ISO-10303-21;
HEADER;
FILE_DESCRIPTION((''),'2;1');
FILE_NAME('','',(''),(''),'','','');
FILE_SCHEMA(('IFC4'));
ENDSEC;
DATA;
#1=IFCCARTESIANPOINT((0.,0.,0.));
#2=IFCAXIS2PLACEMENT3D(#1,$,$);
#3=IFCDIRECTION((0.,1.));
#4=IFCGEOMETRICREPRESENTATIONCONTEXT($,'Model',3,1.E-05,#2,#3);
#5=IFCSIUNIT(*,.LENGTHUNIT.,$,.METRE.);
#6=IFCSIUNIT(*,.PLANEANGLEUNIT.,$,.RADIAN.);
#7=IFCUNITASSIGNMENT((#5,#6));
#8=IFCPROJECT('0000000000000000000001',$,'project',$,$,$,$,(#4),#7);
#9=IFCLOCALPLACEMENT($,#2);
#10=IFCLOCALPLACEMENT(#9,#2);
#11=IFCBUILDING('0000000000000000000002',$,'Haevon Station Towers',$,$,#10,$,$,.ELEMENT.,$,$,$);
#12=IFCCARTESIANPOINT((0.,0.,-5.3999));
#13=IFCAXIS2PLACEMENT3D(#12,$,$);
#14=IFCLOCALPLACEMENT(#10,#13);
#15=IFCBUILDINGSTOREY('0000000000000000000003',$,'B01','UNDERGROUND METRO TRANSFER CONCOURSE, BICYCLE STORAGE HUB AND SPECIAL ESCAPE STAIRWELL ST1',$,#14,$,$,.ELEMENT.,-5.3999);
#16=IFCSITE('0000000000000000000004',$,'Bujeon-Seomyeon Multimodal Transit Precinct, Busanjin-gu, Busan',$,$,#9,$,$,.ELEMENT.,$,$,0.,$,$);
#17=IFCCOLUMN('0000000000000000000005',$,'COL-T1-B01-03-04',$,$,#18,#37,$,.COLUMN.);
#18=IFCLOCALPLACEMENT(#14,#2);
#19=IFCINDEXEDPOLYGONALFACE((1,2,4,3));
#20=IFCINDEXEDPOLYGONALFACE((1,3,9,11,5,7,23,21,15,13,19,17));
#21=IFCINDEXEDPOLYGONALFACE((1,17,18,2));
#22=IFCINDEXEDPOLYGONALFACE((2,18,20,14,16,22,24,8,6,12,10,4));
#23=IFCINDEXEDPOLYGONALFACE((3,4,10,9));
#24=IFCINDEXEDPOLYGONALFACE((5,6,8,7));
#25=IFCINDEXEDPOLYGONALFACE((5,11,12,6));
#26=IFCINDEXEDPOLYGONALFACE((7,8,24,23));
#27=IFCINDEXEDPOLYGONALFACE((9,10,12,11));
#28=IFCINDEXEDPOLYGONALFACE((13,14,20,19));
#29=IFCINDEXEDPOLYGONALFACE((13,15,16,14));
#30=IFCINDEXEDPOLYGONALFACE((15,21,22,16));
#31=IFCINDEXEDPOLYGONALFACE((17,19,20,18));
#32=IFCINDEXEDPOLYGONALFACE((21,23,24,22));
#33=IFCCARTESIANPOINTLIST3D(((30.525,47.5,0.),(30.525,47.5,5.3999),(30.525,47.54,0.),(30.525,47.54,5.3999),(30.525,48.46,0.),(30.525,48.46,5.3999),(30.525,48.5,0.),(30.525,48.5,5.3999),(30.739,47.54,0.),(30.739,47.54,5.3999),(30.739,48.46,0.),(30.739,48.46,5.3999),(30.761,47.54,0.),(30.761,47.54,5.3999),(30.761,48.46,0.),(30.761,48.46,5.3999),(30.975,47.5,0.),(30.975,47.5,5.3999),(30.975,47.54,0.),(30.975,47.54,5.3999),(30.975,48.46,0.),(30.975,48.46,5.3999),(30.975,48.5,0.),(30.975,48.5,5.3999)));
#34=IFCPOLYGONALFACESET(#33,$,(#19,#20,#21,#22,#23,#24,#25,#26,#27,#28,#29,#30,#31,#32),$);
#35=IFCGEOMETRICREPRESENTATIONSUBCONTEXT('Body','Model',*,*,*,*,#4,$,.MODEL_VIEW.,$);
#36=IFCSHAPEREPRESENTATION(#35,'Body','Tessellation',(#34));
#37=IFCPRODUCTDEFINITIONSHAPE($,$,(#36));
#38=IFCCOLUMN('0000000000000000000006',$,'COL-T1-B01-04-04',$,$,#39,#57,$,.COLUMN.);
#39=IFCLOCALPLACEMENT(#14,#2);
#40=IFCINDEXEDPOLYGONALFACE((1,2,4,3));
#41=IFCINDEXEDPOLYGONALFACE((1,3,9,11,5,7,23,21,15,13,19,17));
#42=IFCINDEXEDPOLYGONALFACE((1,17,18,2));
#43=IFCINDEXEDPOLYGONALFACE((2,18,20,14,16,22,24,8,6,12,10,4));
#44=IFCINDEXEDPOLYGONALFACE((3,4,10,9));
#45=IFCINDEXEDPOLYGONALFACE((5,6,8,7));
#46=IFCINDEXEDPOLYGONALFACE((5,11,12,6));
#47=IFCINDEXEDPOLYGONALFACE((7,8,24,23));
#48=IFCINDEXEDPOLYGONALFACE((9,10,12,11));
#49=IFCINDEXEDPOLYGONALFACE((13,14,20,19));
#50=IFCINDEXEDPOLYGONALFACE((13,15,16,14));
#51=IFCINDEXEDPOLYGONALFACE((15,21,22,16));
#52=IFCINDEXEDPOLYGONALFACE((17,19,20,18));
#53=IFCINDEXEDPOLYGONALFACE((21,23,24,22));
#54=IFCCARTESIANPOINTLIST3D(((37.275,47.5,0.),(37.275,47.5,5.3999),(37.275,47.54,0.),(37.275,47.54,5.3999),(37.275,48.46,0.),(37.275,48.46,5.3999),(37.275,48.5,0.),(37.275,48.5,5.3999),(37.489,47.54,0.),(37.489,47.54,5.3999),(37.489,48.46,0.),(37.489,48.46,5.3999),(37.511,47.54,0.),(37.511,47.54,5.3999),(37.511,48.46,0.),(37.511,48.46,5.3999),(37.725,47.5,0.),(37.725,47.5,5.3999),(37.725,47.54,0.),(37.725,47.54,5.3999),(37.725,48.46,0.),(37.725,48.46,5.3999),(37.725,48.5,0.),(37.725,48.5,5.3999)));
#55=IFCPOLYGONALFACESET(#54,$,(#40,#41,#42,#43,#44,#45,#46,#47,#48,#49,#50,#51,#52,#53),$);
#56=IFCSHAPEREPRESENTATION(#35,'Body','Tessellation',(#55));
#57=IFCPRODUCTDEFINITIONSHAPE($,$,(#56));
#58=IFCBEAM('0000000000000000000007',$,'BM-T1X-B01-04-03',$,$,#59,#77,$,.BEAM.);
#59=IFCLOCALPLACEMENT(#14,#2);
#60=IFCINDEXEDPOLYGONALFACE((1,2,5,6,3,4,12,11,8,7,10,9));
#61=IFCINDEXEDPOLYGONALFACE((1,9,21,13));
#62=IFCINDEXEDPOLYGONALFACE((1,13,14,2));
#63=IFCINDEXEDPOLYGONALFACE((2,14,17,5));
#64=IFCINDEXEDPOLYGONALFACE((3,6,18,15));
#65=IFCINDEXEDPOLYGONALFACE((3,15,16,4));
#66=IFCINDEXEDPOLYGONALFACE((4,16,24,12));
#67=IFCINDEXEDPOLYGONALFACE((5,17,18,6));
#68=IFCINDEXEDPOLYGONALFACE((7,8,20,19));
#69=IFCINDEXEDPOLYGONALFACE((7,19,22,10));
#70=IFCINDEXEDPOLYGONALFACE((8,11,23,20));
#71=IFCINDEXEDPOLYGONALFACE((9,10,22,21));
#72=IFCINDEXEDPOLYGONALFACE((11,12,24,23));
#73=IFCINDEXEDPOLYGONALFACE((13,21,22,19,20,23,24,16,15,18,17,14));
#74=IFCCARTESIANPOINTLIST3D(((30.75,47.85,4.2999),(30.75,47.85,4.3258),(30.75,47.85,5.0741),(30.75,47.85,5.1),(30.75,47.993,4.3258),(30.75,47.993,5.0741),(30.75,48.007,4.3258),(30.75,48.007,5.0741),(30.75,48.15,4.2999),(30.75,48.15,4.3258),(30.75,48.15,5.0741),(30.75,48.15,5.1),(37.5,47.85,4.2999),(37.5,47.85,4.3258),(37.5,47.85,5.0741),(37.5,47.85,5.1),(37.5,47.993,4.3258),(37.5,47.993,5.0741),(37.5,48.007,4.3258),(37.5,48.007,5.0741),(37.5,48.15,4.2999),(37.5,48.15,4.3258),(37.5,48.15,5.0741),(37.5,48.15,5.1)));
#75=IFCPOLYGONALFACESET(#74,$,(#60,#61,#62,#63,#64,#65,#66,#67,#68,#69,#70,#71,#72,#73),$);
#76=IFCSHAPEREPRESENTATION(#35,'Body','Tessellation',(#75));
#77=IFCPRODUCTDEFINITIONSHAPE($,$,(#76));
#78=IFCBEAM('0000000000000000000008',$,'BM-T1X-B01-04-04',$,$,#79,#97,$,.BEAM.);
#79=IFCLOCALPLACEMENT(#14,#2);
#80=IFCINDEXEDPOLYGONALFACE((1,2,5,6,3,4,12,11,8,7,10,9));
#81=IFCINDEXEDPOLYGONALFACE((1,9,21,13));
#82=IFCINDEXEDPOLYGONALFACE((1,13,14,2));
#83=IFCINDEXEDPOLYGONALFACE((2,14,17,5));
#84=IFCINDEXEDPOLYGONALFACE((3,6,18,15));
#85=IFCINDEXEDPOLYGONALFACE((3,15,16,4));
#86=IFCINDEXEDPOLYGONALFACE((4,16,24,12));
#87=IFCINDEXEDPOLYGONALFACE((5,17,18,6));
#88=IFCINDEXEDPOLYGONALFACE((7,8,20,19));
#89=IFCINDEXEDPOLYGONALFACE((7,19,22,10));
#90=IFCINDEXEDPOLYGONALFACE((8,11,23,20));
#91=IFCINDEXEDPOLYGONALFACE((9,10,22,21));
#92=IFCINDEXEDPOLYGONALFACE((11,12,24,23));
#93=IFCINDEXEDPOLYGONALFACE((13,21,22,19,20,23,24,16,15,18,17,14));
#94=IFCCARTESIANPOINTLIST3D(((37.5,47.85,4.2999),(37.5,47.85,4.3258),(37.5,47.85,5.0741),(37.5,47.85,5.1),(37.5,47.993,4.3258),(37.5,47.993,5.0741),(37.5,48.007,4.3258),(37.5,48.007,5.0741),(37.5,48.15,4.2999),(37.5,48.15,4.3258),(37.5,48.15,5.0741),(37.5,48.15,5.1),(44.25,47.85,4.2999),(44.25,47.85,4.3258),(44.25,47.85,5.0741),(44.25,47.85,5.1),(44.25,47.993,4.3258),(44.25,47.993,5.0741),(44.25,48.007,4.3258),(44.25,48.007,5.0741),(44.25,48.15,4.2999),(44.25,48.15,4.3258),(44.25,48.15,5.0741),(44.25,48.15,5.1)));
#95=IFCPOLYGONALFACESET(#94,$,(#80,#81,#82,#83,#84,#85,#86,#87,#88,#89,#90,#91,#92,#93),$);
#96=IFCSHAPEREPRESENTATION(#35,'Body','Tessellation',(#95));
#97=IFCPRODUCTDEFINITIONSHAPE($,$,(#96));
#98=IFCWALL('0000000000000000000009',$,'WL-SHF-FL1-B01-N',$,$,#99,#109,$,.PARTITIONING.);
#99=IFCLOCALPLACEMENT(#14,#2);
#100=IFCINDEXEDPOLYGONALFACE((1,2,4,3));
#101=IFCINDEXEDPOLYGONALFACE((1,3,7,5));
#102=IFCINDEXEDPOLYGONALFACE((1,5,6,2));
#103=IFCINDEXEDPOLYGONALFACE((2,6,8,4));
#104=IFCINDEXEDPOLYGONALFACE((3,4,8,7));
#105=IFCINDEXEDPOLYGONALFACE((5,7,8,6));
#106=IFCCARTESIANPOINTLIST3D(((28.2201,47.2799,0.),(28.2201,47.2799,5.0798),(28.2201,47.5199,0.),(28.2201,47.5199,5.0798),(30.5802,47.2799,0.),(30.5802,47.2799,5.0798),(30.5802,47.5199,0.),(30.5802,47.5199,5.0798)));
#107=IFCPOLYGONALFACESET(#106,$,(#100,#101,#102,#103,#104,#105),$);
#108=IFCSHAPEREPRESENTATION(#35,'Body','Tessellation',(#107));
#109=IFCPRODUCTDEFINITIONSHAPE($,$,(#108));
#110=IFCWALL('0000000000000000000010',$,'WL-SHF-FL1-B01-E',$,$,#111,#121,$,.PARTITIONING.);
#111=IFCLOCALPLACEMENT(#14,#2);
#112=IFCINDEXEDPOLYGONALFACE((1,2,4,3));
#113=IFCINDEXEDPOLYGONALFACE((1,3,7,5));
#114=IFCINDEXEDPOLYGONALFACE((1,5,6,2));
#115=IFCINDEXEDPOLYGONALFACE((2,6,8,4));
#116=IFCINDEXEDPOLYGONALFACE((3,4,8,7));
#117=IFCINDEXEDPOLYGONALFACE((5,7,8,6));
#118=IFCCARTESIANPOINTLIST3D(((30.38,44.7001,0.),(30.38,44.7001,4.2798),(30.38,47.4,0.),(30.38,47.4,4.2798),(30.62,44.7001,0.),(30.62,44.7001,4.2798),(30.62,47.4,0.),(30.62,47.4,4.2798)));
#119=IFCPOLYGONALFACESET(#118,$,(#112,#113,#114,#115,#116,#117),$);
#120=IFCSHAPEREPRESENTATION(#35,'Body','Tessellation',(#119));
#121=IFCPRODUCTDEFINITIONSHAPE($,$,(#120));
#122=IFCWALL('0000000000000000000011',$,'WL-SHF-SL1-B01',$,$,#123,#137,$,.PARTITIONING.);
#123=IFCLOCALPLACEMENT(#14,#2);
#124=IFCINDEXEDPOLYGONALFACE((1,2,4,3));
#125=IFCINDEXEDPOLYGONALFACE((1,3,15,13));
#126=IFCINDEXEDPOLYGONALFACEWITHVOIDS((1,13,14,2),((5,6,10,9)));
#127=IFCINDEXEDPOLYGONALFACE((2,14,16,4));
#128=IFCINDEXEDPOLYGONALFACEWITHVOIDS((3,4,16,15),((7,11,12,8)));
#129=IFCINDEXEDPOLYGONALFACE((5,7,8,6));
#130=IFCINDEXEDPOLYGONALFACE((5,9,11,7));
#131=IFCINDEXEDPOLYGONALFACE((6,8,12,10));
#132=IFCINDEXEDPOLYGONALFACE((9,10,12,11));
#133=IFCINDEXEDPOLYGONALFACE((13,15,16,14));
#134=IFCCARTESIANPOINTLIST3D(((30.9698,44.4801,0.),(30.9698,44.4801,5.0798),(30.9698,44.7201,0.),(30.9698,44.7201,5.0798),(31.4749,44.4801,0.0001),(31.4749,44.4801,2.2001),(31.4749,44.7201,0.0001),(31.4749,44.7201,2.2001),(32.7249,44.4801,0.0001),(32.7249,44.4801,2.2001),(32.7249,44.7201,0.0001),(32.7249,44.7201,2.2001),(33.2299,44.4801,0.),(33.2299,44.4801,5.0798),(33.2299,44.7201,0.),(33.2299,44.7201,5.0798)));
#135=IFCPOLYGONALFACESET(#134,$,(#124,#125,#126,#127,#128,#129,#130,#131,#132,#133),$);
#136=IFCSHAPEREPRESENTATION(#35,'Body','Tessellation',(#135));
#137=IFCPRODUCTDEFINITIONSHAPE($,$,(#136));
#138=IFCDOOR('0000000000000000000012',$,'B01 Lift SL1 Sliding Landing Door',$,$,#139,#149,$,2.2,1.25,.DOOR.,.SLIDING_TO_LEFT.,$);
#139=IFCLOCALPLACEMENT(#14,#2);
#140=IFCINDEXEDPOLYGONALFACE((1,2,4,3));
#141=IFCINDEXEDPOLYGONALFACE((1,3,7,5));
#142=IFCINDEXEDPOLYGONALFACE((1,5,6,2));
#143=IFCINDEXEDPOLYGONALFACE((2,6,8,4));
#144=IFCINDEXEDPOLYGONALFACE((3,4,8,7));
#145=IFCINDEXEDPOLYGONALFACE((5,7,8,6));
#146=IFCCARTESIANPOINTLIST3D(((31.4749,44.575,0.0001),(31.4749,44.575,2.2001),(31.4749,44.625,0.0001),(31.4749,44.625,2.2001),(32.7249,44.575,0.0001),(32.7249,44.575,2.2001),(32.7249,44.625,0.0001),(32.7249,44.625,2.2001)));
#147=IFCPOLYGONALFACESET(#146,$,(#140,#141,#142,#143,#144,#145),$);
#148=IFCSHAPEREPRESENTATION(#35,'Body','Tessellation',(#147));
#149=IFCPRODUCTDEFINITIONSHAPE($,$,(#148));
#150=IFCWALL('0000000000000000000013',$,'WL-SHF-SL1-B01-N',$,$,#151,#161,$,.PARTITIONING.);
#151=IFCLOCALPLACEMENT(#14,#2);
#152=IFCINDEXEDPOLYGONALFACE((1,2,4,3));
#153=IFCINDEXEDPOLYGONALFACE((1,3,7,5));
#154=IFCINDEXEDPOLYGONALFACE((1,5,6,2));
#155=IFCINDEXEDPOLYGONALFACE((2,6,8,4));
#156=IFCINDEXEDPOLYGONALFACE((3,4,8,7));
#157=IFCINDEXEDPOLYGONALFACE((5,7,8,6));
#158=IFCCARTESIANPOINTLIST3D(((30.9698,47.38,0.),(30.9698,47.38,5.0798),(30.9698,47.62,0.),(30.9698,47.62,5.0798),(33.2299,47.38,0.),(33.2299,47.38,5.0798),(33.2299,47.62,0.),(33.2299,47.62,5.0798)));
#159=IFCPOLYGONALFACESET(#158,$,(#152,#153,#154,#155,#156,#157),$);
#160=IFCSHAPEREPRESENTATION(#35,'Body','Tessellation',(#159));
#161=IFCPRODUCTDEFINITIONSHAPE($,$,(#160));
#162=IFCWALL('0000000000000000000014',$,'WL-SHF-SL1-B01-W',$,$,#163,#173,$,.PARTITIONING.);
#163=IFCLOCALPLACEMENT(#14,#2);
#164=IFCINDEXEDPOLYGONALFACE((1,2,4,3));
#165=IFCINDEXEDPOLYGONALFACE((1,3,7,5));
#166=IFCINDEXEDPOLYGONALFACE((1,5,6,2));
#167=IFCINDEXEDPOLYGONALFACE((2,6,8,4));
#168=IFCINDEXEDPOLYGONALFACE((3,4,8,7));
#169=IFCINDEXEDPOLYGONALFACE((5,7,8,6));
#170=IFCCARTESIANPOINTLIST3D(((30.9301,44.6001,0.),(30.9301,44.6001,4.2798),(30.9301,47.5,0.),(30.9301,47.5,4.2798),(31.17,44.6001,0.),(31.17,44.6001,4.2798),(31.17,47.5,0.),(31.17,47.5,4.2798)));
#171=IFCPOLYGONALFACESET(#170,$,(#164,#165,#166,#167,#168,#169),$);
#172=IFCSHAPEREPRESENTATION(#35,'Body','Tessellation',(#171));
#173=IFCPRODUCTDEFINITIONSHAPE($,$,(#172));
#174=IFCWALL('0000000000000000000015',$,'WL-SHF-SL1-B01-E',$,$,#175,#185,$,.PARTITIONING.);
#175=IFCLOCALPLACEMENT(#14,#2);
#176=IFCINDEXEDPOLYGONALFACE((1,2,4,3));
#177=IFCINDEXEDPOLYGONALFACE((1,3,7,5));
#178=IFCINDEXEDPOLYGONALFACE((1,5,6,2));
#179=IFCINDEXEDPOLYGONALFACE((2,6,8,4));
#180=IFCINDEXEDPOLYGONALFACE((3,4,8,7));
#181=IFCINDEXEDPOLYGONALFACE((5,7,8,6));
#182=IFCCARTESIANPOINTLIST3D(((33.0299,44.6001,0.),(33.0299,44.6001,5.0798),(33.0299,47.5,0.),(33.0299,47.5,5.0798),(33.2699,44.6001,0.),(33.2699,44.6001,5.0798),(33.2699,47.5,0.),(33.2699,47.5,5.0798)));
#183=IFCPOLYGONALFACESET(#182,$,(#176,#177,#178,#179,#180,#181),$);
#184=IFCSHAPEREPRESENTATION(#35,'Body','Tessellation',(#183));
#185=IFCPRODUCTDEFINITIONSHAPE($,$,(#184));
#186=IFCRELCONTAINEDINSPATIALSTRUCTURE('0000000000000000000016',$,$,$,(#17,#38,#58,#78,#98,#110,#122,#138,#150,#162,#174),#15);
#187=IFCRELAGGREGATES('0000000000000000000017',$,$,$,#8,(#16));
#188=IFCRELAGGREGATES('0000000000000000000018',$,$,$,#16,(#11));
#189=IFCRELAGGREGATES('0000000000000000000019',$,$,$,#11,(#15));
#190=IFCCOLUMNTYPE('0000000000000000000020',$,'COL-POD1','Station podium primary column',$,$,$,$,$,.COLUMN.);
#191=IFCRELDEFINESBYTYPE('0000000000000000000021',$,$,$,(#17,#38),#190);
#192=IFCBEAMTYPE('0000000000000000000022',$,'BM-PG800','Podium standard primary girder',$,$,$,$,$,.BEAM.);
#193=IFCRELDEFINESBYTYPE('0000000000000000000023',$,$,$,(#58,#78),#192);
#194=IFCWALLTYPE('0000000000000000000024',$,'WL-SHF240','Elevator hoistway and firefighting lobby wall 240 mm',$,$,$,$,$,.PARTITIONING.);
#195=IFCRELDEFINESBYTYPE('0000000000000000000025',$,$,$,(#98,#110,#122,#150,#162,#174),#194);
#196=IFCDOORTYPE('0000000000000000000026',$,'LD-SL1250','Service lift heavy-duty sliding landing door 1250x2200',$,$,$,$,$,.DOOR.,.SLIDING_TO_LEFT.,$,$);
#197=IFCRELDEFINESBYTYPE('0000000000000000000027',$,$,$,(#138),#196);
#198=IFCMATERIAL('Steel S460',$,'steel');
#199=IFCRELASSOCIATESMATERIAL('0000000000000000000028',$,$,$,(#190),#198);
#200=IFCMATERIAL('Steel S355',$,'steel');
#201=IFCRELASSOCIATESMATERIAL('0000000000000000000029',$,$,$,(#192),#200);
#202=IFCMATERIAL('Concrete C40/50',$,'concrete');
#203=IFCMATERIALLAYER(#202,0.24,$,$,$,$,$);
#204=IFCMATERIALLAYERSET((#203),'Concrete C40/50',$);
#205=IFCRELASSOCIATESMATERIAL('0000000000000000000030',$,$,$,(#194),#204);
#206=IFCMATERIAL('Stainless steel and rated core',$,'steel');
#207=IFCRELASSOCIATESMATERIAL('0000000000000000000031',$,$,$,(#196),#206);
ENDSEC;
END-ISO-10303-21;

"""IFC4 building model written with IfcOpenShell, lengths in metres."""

from ifc_helpers import new_model, si_unit, direction, frame, frame_2d, origin, origin_2d, place, context, subcontext, project, spatial, rectangle, i_section, extrude, material, layer, layer_set, material_profile, profile_set, type_object, element, fill, save


model = new_model("IFC4")

# Units and contexts
model_context = context("Model", 3, precision=1e-05, world=origin(), true_north=direction((0.0, 1.0)))
body_context = subcontext(model_context, "Body", "Model", "MODEL_VIEW")
ifc_project = project(units=[si_unit("LENGTHUNIT", "METRE"), si_unit("PLANEANGLEUNIT", "RADIAN")], contexts=[model_context])

# Site, building, storey
site_placement = place(None, origin())
site = spatial("IfcSite", under=ifc_project, at=site_placement, Name="Bujeon-Seomyeon Multimodal Transit Precinct, Busanjin-gu, Busan", CompositionType="ELEMENT", RefElevation=0.0)
building_placement = place(site_placement, origin())
building = spatial("IfcBuilding", under=site, at=building_placement, Name="Haevon Station Towers", CompositionType="ELEMENT")
storey_placement = place(building_placement, frame((0.0, 0.0, -5.3999)))
storey = spatial("IfcBuildingStorey", under=building, at=storey_placement, Name="B01", Description="UNDERGROUND METRO TRANSFER CONCOURSE, BICYCLE STORAGE HUB AND SPECIAL ESCAPE STAIRWELL ST1", CompositionType="ELEMENT", Elevation=-5.3999)

# Columns
ifc_material_1 = material(Name="Steel S460", Category="steel")
ifc_material_profile_1 = material_profile(ifc_material_1, i_section(OverallWidth=0.45, OverallDepth=1.0, WebThickness=0.022, FlangeThickness=0.04, at=origin_2d()), Name="H-1000x450x22x40")
ifc_profile_set_1 = profile_set([ifc_material_profile_1], Name="Steel S460")
column_type = type_object("IfcColumnType", Name="COL-POD1", Description="Station podium primary column", PredefinedType="COLUMN", material=ifc_profile_set_1)
for number, where, z_axis, x_axis, name in (
    (1, (30.75, 48.0, 0.0), (0.0, 0.0, 1.0), (1.0, 0.0, 0.0), "COL-T1-B01-03-04"),
    (2, (37.5, 48.0, 0.0), (0.0, 0.0, 1.0), (1.0, 0.0, 0.0), "COL-T1-B01-04-04"),
):
    element("IfcColumn", number, at=place(storey_placement, frame(where, z_axis=z_axis, x_axis=x_axis)), inside=storey, type_object=column_type, Name=name, PredefinedType="COLUMN", context=body_context, shape_type="SweptSolid", body=[
        extrude(i_section(OverallWidth=0.45, OverallDepth=1.0, WebThickness=0.022, FlangeThickness=0.04, at=origin_2d()), origin(), (0.0, 0.0, 1.0), 5.3999),
    ])

# Beams
ifc_material_2 = material(Name="Steel S355", Category="steel")
ifc_material_profile_2 = material_profile(ifc_material_2, i_section(OverallWidth=0.3, OverallDepth=0.8, WebThickness=0.0139, FlangeThickness=0.0259, at=origin_2d()), Name="H-800x300x14x26")
ifc_profile_set_2 = profile_set([ifc_material_profile_2], Name="Steel S355")
beam_type = type_object("IfcBeamType", Name="BM-PG800", Description="Podium standard primary girder", PredefinedType="BEAM", material=ifc_profile_set_2)
for number, where, z_axis, x_axis, name in (
    (3, (30.75, 48.0, 4.7), (1.0, 0.0, 0.0), (0.0, 1.0, 0.0), "BM-T1X-B01-04-03"),
    (4, (37.5, 48.0, 4.7), (1.0, 0.0, 0.0), (0.0, 1.0, 0.0), "BM-T1X-B01-04-04"),
):
    element("IfcBeam", number, at=place(storey_placement, frame(where, z_axis=z_axis, x_axis=x_axis)), inside=storey, type_object=beam_type, Name=name, PredefinedType="BEAM", context=body_context, shape_type="SweptSolid", body=[
        extrude(i_section(OverallWidth=0.3, OverallDepth=0.8, WebThickness=0.0139, FlangeThickness=0.0259, at=origin_2d()), origin(), (0.0, 0.0, 1.0), 6.75),
    ])

# Shared definitions
ifc_material_3 = material(Name="Concrete C40/50", Category="concrete")
ifc_layer = layer(ifc_material_3, 0.24)
ifc_layer_set = layer_set([ifc_layer], Name="Concrete C40/50")
wall_type = type_object("IfcWallType", Name="WL-SHF240", Description="Elevator hoistway and firefighting lobby wall 240 mm", PredefinedType="PARTITIONING", material=ifc_layer_set)
ifc_material_4 = material(Name="Stainless steel and rated core", Category="steel")

# Walls
wall_1_placement = place(storey_placement, frame((28.22, 47.3999, 0.0), z_axis=(0.0, 0.0, 1.0), x_axis=(1.0, 0.0, 0.0)))
element("IfcWall", 5, at=wall_1_placement, inside=storey, type_object=wall_type, Name="WL-SHF-FL1-B01-N", PredefinedType="PARTITIONING", context=body_context, shape_type="SweptSolid", body=[
    extrude(rectangle(XDim=2.3601, YDim=0.24, at=frame_2d((1.1802, 0.0))), origin(), (0.0, 0.0, 1.0), 5.0798),
])
wall_2_placement = place(storey_placement, frame((30.5, 44.7, 0.0), z_axis=(0.0, 0.0, 1.0), x_axis=(0.0, 1.0, 0.0)))
element("IfcWall", 6, at=wall_2_placement, inside=storey, type_object=wall_type, Name="WL-SHF-FL1-B01-E", PredefinedType="PARTITIONING", context=body_context, shape_type="SweptSolid", body=[
    extrude(rectangle(XDim=2.7, YDim=0.24, at=frame_2d((1.3501, 0.0))), origin(), (0.0, 0.0, 1.0), 4.2798),
])

# Wall, opening, door
wall_3_placement = place(storey_placement, frame((30.97, 44.6001, 0.0), z_axis=(0.0, 0.0, 1.0), x_axis=(1.0, 0.0, 0.0)))
wall_3 = element("IfcWall", 7, at=wall_3_placement, inside=storey, type_object=wall_type, Name="WL-SHF-SL1-B01", PredefinedType="PARTITIONING", context=body_context, shape_type="SweptSolid", body=[
    extrude(rectangle(XDim=2.26, YDim=0.24, at=frame_2d((1.1299, 0.0))), origin(), (0.0, 0.0, 1.0), 5.0798),
])
opening_1_placement = place(wall_3_placement, frame((0.5049, 0.0, 0.0)))
opening_1 = element("IfcOpeningElement", 8, at=opening_1_placement, cuts=wall_3, PredefinedType="OPENING", context=body_context, shape_type="SweptSolid", body=[
    extrude(rectangle(XDim=1.25, YDim=2.2, at=frame_2d((0.625, 1.1001))), frame((0.0, 0.1299, 0.0), z_axis=(0.0, -1.0, 0.0), x_axis=(1.0, 0.0, 0.0)), (0.0, 0.0, 1.0), 0.26),
])
door_type_1 = type_object("IfcDoorType", Name="LD-SL1250", Description="Service lift heavy-duty sliding landing door 1250x2200", OperationType="SLIDING_TO_LEFT", PredefinedType="DOOR", material=ifc_material_4)
door_1_placement = place(opening_1_placement, origin())
door_1 = element("IfcDoor", 9, at=door_1_placement, inside=storey, type_object=door_type_1, Name="B01 Lift SL1 Sliding Landing Door", OperationType="SLIDING_TO_LEFT", OverallHeight=2.2, OverallWidth=1.25, PredefinedType="DOOR", context=body_context, shape_type="SweptSolid", body=[
    extrude(rectangle(XDim=1.25, YDim=2.2, at=frame_2d((0.625, 1.1001))), frame((0.0, 0.0249, 0.0), z_axis=(0.0, -1.0, 0.0), x_axis=(1.0, 0.0, 0.0)), (0.0, 0.0, 1.0), 0.05),
])
fill(opening_1, door_1)

# Walls
wall_4_placement = place(storey_placement, frame((30.97, 47.5, 0.0), z_axis=(0.0, 0.0, 1.0), x_axis=(1.0, 0.0, 0.0)))
element("IfcWall", 10, at=wall_4_placement, inside=storey, type_object=wall_type, Name="WL-SHF-SL1-B01-N", PredefinedType="PARTITIONING", context=body_context, shape_type="SweptSolid", body=[
    extrude(rectangle(XDim=2.26, YDim=0.24, at=frame_2d((1.1299, 0.0))), origin(), (0.0, 0.0, 1.0), 5.0798),
])
wall_5_placement = place(storey_placement, frame((31.05, 44.6001, 0.0), z_axis=(0.0, 0.0, 1.0), x_axis=(0.0, 1.0, 0.0)))
element("IfcWall", 11, at=wall_5_placement, inside=storey, type_object=wall_type, Name="WL-SHF-SL1-B01-W", PredefinedType="PARTITIONING", context=body_context, shape_type="SweptSolid", body=[
    extrude(rectangle(XDim=2.8999, YDim=0.24, at=frame_2d((1.45, 0.0))), origin(), (0.0, 0.0, 1.0), 4.2798),
])
wall_6_placement = place(storey_placement, frame((33.1499, 44.6001, 0.0), z_axis=(0.0, 0.0, 1.0), x_axis=(0.0, 1.0, 0.0)))
element("IfcWall", 12, at=wall_6_placement, inside=storey, type_object=wall_type, Name="WL-SHF-SL1-B01-E", PredefinedType="PARTITIONING", context=body_context, shape_type="SweptSolid", body=[
    extrude(rectangle(XDim=2.8999, YDim=0.24, at=frame_2d((1.45, 0.0))), origin(), (0.0, 0.0, 1.0), 5.0798),
])

save(model, "model.ifc")
